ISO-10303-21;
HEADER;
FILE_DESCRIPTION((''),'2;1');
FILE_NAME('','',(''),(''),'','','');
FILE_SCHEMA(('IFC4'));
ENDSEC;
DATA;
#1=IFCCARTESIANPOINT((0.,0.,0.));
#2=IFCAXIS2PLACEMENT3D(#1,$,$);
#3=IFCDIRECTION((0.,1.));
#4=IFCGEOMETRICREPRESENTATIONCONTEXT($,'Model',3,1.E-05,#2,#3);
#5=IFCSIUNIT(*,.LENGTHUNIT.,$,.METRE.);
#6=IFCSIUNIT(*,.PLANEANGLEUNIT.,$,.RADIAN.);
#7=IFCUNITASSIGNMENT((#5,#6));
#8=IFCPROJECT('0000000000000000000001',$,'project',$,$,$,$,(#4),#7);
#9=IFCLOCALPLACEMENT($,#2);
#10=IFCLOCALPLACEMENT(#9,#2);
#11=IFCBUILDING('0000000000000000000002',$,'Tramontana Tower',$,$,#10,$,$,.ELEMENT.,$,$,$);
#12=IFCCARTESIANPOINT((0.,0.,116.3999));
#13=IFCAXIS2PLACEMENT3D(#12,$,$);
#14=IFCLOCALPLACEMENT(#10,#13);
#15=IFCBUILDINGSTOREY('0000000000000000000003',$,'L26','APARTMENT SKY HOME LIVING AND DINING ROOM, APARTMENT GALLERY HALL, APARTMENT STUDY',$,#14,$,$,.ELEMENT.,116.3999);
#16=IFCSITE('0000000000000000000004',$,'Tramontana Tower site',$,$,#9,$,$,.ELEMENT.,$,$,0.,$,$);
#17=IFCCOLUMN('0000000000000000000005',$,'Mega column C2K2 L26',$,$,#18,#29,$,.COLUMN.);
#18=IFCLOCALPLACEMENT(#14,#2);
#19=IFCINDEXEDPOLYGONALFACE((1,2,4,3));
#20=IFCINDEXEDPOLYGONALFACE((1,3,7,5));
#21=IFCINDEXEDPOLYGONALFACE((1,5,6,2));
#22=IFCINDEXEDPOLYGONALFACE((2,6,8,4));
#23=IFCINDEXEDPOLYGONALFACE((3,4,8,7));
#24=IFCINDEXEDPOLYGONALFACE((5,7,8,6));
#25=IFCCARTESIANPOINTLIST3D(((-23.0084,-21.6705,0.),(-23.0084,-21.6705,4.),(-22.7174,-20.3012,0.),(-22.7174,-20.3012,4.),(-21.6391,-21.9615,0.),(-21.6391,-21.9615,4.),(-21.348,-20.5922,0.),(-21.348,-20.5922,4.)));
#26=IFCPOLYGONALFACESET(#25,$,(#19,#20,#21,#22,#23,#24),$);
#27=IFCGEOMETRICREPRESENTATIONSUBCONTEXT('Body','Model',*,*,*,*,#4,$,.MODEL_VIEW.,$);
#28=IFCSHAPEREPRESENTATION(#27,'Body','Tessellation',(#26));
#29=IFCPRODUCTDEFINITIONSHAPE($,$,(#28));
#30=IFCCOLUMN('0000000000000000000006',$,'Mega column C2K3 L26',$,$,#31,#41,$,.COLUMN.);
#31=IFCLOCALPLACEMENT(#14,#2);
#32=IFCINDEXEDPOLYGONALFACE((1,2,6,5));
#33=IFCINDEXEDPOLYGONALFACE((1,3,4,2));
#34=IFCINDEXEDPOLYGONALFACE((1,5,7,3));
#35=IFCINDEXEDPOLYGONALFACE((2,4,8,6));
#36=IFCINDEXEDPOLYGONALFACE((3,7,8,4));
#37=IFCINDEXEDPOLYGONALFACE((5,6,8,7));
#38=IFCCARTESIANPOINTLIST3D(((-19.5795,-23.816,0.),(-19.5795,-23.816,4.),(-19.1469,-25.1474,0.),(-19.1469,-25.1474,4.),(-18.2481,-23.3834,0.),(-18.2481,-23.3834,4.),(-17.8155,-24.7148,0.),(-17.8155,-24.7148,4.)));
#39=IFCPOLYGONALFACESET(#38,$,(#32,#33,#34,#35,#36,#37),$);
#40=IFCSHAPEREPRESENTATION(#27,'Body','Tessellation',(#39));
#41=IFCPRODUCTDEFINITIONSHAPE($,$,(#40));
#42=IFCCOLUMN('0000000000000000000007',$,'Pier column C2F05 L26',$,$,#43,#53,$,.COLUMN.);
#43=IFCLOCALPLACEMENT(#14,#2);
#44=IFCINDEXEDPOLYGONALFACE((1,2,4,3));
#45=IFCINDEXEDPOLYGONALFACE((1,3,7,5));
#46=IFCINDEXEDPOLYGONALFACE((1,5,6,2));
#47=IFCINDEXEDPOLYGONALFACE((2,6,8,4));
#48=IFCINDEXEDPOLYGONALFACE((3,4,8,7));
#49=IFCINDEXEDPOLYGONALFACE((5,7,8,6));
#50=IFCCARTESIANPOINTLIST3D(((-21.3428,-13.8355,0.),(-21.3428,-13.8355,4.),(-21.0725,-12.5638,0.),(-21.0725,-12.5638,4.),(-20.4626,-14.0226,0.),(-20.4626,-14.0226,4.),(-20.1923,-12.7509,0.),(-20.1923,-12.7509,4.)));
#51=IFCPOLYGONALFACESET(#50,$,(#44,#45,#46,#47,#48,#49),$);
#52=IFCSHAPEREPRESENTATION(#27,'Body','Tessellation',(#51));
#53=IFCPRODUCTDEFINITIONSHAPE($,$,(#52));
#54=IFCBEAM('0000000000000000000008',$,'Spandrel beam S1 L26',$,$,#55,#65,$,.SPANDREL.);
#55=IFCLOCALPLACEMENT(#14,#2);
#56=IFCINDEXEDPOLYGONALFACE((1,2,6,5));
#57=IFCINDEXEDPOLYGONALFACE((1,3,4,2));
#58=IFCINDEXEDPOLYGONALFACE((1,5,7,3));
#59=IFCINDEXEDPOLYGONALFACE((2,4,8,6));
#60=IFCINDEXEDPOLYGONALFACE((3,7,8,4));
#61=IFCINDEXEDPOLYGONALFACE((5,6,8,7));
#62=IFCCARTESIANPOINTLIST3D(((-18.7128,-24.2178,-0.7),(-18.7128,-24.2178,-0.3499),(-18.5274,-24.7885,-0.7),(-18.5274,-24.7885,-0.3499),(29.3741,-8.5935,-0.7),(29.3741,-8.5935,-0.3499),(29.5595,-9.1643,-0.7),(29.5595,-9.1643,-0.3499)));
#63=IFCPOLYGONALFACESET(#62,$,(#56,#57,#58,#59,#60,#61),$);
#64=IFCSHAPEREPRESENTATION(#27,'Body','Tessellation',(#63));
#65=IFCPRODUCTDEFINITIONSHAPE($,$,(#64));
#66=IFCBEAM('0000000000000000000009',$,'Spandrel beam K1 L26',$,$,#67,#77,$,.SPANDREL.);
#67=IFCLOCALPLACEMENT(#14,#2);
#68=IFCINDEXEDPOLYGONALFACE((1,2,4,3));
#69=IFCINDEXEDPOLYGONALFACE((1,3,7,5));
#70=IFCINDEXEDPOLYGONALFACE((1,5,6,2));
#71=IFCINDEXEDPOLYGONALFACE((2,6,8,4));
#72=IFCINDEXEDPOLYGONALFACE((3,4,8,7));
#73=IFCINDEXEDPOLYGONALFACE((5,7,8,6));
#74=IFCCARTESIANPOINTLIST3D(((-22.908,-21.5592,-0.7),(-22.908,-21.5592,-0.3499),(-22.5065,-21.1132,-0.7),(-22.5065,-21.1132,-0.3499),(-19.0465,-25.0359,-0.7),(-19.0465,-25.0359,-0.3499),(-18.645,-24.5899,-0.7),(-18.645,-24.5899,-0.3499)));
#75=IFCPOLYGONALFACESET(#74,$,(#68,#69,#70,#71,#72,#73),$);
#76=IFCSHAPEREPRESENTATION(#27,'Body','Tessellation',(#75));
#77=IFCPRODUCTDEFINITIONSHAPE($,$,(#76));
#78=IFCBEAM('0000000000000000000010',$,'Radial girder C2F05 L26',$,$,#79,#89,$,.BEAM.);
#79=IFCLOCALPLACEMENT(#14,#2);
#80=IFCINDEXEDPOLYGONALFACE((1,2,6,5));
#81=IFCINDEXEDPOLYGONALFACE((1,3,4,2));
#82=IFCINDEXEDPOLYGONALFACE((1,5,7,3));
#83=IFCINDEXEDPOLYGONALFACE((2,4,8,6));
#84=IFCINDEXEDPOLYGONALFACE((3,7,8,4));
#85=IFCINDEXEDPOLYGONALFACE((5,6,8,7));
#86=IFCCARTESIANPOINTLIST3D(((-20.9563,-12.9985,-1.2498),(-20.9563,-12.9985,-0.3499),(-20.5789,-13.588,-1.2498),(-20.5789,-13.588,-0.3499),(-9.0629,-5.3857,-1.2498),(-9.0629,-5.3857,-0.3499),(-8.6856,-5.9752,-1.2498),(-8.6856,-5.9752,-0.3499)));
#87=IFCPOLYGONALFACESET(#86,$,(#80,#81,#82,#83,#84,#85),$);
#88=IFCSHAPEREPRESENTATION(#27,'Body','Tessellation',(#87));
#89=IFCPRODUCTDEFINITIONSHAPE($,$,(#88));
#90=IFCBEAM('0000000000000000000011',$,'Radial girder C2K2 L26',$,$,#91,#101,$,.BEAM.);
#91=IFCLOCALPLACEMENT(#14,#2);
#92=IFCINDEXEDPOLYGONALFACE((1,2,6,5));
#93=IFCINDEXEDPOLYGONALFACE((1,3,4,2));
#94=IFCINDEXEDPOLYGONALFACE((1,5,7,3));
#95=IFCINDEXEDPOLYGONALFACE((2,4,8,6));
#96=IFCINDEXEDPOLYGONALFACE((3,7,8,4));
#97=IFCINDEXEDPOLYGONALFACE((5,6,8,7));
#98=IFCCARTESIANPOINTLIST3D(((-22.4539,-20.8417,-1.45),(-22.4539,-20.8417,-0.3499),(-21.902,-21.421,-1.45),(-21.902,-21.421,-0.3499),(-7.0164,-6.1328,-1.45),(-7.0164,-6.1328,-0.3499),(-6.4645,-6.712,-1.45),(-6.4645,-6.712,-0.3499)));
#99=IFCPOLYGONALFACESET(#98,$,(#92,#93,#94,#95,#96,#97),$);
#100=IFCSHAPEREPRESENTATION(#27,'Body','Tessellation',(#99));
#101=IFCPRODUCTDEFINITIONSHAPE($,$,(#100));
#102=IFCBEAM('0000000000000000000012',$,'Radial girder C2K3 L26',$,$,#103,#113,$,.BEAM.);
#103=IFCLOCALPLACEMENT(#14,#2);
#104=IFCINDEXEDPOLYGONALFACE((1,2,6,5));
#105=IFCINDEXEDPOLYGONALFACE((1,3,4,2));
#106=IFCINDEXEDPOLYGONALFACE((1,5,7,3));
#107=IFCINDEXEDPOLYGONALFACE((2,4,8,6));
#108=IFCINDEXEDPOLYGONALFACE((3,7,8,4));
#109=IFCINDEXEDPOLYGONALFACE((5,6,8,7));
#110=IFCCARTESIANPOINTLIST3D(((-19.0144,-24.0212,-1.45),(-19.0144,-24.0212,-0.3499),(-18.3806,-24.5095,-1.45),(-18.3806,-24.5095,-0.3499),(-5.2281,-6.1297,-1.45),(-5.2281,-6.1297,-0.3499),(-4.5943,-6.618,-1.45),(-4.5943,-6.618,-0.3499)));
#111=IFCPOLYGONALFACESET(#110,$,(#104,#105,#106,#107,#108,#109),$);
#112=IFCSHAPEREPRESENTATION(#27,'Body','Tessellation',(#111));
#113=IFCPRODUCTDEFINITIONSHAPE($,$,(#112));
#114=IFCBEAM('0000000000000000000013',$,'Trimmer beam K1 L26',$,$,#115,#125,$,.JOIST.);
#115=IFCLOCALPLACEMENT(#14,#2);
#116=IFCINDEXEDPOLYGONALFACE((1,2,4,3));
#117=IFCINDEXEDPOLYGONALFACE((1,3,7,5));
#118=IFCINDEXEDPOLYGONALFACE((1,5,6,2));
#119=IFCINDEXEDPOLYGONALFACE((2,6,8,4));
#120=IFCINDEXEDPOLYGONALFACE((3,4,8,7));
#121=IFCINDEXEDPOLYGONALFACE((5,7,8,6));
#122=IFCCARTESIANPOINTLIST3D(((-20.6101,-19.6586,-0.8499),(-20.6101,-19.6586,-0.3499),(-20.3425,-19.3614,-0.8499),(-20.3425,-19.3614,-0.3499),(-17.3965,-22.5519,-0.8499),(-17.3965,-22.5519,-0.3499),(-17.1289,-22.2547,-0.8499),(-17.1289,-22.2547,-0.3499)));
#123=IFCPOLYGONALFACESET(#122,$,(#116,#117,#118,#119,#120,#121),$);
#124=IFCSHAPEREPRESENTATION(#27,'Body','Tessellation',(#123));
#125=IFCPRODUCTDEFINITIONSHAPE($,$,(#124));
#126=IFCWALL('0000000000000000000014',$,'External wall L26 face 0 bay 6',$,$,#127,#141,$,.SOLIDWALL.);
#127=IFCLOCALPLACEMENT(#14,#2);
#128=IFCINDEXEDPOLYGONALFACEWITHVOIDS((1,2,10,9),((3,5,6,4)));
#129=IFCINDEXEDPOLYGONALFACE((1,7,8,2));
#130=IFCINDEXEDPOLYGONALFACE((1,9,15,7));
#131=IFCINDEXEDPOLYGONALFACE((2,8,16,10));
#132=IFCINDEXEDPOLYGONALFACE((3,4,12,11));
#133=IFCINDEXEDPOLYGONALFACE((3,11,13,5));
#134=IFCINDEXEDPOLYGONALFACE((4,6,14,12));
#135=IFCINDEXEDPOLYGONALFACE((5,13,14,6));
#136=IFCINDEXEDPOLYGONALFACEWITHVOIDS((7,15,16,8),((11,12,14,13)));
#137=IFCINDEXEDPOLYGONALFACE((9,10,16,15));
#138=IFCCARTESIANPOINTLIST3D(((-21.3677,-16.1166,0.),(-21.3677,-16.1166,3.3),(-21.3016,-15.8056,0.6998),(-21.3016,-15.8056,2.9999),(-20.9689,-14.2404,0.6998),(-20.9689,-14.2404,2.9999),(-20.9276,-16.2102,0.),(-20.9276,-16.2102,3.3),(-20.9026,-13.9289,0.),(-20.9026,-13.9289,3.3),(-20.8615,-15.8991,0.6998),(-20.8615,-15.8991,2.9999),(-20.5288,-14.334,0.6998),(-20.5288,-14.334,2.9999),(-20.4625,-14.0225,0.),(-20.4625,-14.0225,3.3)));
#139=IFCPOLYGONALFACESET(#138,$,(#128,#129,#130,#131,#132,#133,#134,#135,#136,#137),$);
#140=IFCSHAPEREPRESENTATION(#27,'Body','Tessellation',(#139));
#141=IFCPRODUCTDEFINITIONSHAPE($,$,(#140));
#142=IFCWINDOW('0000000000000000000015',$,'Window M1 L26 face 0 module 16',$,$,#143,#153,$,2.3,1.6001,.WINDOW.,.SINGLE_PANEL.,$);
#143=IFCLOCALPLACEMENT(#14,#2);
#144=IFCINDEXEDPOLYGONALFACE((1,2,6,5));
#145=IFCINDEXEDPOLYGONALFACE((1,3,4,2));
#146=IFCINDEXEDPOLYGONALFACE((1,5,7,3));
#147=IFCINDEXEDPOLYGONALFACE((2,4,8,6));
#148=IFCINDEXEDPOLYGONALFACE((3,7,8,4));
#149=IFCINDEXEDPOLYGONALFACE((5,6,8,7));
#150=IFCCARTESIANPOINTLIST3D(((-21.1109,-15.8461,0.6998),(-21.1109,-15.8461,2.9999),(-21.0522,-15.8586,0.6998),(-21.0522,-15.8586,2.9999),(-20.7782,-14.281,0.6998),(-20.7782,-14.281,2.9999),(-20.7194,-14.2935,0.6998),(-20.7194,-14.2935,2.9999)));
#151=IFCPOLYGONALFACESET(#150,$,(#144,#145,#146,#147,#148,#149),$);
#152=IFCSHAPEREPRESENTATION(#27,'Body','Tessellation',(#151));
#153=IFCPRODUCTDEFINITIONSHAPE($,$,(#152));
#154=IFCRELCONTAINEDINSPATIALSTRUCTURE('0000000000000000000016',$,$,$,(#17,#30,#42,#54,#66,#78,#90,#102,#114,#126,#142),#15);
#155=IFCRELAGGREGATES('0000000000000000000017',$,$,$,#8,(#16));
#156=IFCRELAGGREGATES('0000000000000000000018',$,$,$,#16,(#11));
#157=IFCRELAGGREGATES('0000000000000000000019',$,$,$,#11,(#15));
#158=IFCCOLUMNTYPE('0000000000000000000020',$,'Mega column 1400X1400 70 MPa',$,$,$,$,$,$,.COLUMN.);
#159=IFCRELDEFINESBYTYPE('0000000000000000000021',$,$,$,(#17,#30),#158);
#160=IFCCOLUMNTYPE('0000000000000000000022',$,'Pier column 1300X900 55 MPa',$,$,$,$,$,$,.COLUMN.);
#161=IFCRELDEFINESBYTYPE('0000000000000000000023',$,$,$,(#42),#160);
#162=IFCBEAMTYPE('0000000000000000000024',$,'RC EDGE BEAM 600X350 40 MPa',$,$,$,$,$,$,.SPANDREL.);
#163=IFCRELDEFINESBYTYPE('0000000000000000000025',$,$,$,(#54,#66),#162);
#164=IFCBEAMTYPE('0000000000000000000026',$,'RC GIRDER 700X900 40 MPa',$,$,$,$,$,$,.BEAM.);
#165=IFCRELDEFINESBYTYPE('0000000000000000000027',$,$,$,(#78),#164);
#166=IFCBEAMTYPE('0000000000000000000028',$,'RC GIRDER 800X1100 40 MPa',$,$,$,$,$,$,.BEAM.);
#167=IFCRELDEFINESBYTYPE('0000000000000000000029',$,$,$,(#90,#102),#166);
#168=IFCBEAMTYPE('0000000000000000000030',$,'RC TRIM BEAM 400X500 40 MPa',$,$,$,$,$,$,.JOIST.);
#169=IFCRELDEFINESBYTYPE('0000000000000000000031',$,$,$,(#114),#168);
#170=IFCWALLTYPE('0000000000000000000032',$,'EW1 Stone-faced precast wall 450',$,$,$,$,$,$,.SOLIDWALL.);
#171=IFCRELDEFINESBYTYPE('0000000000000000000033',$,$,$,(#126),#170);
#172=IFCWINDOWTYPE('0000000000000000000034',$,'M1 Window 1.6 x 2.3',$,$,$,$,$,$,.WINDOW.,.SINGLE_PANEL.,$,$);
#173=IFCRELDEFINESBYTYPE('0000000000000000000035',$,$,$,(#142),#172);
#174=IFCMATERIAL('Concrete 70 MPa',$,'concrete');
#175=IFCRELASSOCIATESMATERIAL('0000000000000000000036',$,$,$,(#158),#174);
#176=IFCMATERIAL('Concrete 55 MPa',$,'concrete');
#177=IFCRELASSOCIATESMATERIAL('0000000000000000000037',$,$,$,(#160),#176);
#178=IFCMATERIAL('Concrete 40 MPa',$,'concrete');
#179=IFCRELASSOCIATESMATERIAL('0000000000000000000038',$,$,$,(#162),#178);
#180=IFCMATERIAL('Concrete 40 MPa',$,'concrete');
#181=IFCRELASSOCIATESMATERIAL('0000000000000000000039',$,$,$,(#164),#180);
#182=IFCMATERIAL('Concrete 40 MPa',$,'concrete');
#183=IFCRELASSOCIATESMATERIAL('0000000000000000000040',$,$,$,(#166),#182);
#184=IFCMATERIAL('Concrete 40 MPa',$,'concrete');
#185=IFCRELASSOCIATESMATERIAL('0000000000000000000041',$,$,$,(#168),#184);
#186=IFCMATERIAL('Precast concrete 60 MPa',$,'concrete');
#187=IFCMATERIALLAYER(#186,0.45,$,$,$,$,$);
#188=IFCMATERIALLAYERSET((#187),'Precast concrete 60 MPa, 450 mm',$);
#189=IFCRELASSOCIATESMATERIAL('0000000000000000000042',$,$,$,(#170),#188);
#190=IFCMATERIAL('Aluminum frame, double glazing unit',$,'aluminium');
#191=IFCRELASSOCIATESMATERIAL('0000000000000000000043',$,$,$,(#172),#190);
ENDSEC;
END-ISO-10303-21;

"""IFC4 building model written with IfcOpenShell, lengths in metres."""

from ifc_helpers import new_model, si_unit, direction, frame, frame_2d, origin, origin_2d, place, context, subcontext, project, spatial, rectangle, extrude, material, layer, layer_set, material_profile, profile_set, type_object, element, fill, save


model = new_model("IFC4")

# Units and contexts
model_context = context("Model", 3, precision=1e-05, world=origin(), true_north=direction((0.0, 1.0)))
body_context = subcontext(model_context, "Body", "Model", "MODEL_VIEW")
ifc_project = project(units=[si_unit("LENGTHUNIT", "METRE"), si_unit("PLANEANGLEUNIT", "RADIAN")], contexts=[model_context])

# Site, building, storey
site_placement = place(None, origin())
site = spatial("IfcSite", under=ifc_project, at=site_placement, Name="Tramontana Tower site", CompositionType="ELEMENT", RefElevation=0.0)
building_placement = place(site_placement, origin())
building = spatial("IfcBuilding", under=site, at=building_placement, Name="Tramontana Tower", CompositionType="ELEMENT")
storey_placement = place(building_placement, frame((0.0, 0.0, 116.3999)))
storey = spatial("IfcBuildingStorey", under=building, at=storey_placement, Name="L26", Description="APARTMENT SKY HOME LIVING AND DINING ROOM, APARTMENT GALLERY HALL, APARTMENT STUDY", CompositionType="ELEMENT", Elevation=116.3999)

# Columns
ifc_material_1 = material(Name="Concrete 70 MPa", Category="concrete")
ifc_material_profile_1 = material_profile(ifc_material_1, rectangle(XDim=1.3999, YDim=1.3999, at=origin_2d()), Name="Mega column 1400X1400 70 MPa")
ifc_profile_set_1 = profile_set([ifc_material_profile_1], Name="Concrete 70 MPa")
column_type_1 = type_object("IfcColumnType", Name="Mega column 1400X1400 70 MPa", PredefinedType="COLUMN", material=ifc_profile_set_1)
for number, where, z_axis, x_axis, name in (
    (1, (-22.1782, -21.1313, 0.0), (0.0, 0.0, 1.0), (-0.207912, -0.978148, 0.0), "Mega column C2K2 L26"),
    (2, (-18.6975, -24.2654, 0.0), (0.0, 0.0, 1.0), (0.951057, 0.309017, 0.0), "Mega column C2K3 L26"),
):
    element("IfcColumn", number, at=place(storey_placement, frame(where, z_axis=z_axis, x_axis=x_axis)), inside=storey, type_object=column_type_1, Name=name, PredefinedType="COLUMN", context=body_context, shape_type="SweptSolid", body=[
        extrude(rectangle(XDim=1.3999, YDim=1.3999, at=origin_2d()), origin(), (0.0, 0.0, 1.0), 4.0),
    ])
ifc_material_2 = material(Name="Concrete 55 MPa", Category="concrete")
ifc_material_profile_2 = material_profile(ifc_material_2, rectangle(XDim=1.3, YDim=0.8999, at=origin_2d()), Name="Pier column 1300X900 55 MPa")
ifc_profile_set_2 = profile_set([ifc_material_profile_2], Name="Concrete 55 MPa")
column_type_2 = type_object("IfcColumnType", Name="Pier column 1300X900 55 MPa", PredefinedType="COLUMN", material=ifc_profile_set_2)
column_placement = place(storey_placement, frame((-20.7676, -13.2932, 0.0), z_axis=(0.0, 0.0, 1.0), x_axis=(-0.207912, -0.978148, 0.0)))
element("IfcColumn", 3, at=column_placement, inside=storey, type_object=column_type_2, Name="Pier column C2F05 L26", PredefinedType="COLUMN", context=body_context, shape_type="SweptSolid", body=[
    extrude(rectangle(XDim=1.3, YDim=0.8999, at=origin_2d()), origin(), (0.0, 0.0, 1.0), 4.0),
])

# Beams
ifc_material_3 = material(Name="Concrete 40 MPa", Category="concrete")
ifc_material_profile_3 = material_profile(ifc_material_3, rectangle(XDim=0.6001, YDim=0.3501, at=origin_2d()), Name="RC EDGE BEAM 600X350 40 MPa")
ifc_profile_set_3 = profile_set([ifc_material_profile_3], Name="Concrete 40 MPa")
beam_type_1 = type_object("IfcBeamType", Name="RC EDGE BEAM 600X350 40 MPa", PredefinedType="SPANDREL", material=ifc_profile_set_3)
beam_1_placement = place(storey_placement, frame((-18.6201, -24.5032, -0.5249), z_axis=(0.951057, 0.309015, 0.0), x_axis=(-0.309015, 0.951057, 0.0)))
element("IfcBeam", 4, at=beam_1_placement, inside=storey, type_object=beam_type_1, Name="Spandrel beam S1 L26", PredefinedType="SPANDREL", context=body_context, shape_type="SweptSolid", body=[
    extrude(rectangle(XDim=0.6001, YDim=0.3501, at=origin_2d()), origin(), (0.0, 0.0, 1.0), 50.5615),
])
beam_2_placement = place(storey_placement, frame((-22.7073, -21.3362, -0.5249), z_axis=(0.743161, -0.669113, 0.0), x_axis=(0.669113, 0.743161, 0.0)))
element("IfcBeam", 5, at=beam_2_placement, inside=storey, type_object=beam_type_1, Name="Spandrel beam K1 L26", PredefinedType="SPANDREL", context=body_context, shape_type="SweptSolid", body=[
    extrude(rectangle(XDim=0.6001, YDim=0.3501, at=origin_2d()), origin(), (0.0, 0.0, 1.0), 5.196),
])
ifc_material_4 = material(Name="Concrete 40 MPa", Category="concrete")
ifc_material_profile_4 = material_profile(ifc_material_4, rectangle(XDim=0.7, YDim=0.8999, at=origin_2d()), Name="RC GIRDER 700X900 40 MPa")
ifc_profile_set_4 = profile_set([ifc_material_profile_4], Name="Concrete 40 MPa")
beam_type_2 = type_object("IfcBeamType", Name="RC GIRDER 700X900 40 MPa", PredefinedType="BEAM", material=ifc_profile_set_4)
beam_3_placement = place(storey_placement, frame((-20.7676, -13.2932, -0.7998), z_axis=(0.842237, 0.539108, 0.0), x_axis=(-0.539108, 0.842237, 0.0)))
element("IfcBeam", 6, at=beam_3_placement, inside=storey, type_object=beam_type_2, Name="Radial girder C2F05 L26", PredefinedType="BEAM", context=body_context, shape_type="SweptSolid", body=[
    extrude(rectangle(XDim=0.7, YDim=0.8999, at=origin_2d()), origin(), (0.0, 0.0, 1.0), 14.1211),
])
ifc_material_5 = material(Name="Concrete 40 MPa", Category="concrete")
ifc_material_profile_5 = material_profile(ifc_material_5, rectangle(XDim=0.8, YDim=1.1001, at=origin_2d()), Name="RC GIRDER 800X1100 40 MPa")
ifc_profile_set_5 = profile_set([ifc_material_profile_5], Name="Concrete 40 MPa")
beam_type_3 = type_object("IfcBeamType", Name="RC GIRDER 800X1100 40 MPa", PredefinedType="BEAM", material=ifc_profile_set_5)
beam_4_placement = place(storey_placement, frame((-22.178, -21.1313, -0.8999), z_axis=(0.723983, 0.689818, 0.0), x_axis=(-0.689818, 0.723983, 0.0)))
element("IfcBeam", 7, at=beam_4_placement, inside=storey, type_object=beam_type_3, Name="Radial girder C2K2 L26", PredefinedType="BEAM", context=body_context, shape_type="SweptSolid", body=[
    extrude(rectangle(XDim=0.8, YDim=1.1001, at=origin_2d()), origin(), (0.0, 0.0, 1.0), 21.323),
])
beam_5_placement = place(storey_placement, frame((-18.6975, -24.2654, -0.8999), z_axis=(0.610367, 0.792119, 0.0), x_axis=(-0.792119, 0.610367, 0.0)))
element("IfcBeam", 8, at=beam_5_placement, inside=storey, type_object=beam_type_3, Name="Radial girder C2K3 L26", PredefinedType="BEAM", context=body_context, shape_type="SweptSolid", body=[
    extrude(rectangle(XDim=0.8, YDim=1.1001, at=origin_2d()), origin(), (0.0, 0.0, 1.0), 22.5869),
])
ifc_material_6 = material(Name="Concrete 40 MPa", Category="concrete")
ifc_material_profile_6 = material_profile(ifc_material_6, rectangle(XDim=0.3999, YDim=0.5, at=origin_2d()), Name="RC TRIM BEAM 400X500 40 MPa")
ifc_profile_set_6 = profile_set([ifc_material_profile_6], Name="Concrete 40 MPa")
beam_type_4 = type_object("IfcBeamType", Name="RC TRIM BEAM 400X500 40 MPa", PredefinedType="JOIST", material=ifc_profile_set_6)
beam_6_placement = place(storey_placement, frame((-20.4763, -19.51, -0.5999), z_axis=(0.743173, -0.669099, 0.0), x_axis=(0.669099, 0.743173, 0.0)))
element("IfcBeam", 9, at=beam_6_placement, inside=storey, type_object=beam_type_4, Name="Trimmer beam K1 L26", PredefinedType="JOIST", context=body_context, shape_type="SweptSolid", body=[
    extrude(rectangle(XDim=0.3999, YDim=0.5, at=origin_2d()), origin(), (0.0, 0.0, 1.0), 4.3242),
])

# Wall, opening, window
ifc_material_7 = material(Name="Precast concrete 60 MPa", Category="concrete")
ifc_layer_1 = layer(ifc_material_7, 0.45)
ifc_layer_set_1 = layer_set([ifc_layer_1], Name="Precast concrete 60 MPa, 450 mm")
wall_type_1 = type_object("IfcWallType", Name="EW1 Stone-faced precast wall 450", PredefinedType="SOLIDWALL", material=ifc_layer_set_1)
wall_1_placement = place(storey_placement, frame((-20.6826, -13.9758, 0.0), z_axis=(0.0, 0.0, 1.0), x_axis=(-0.207941, -0.978141, 0.0)))
wall_1 = element("IfcWall", 10, at=wall_1_placement, inside=storey, type_object=wall_type_1, Name="External wall L26 face 0 bay 6", PredefinedType="SOLIDWALL", context=body_context, shape_type="SweptSolid", body=[
    extrude(rectangle(XDim=2.2366, YDim=0.45, at=frame_2d((1.1182, 0.0))), origin(), (0.0, 0.0, 1.0), 3.3),
])
opening_1_placement = place(wall_1_placement, frame((0.3184, 0.0, 0.7)))
opening_1 = element("IfcOpeningElement", 11, at=opening_1_placement, cuts=wall_1, PredefinedType="OPENING", context=body_context, shape_type="SweptSolid", body=[
    extrude(rectangle(XDim=1.6001, YDim=2.3, at=frame_2d((0.8, 1.1499))), frame((0.0, 0.2349, 0.0), z_axis=(0.0, -1.0, 0.0), x_axis=(1.0, 0.0, 0.0)), (0.0, 0.0, 1.0), 0.47),
])
ifc_material_8 = material(Name="Aluminum frame, double glazing unit", Category="aluminium")
window_type_1 = type_object("IfcWindowType", Name="M1 Window 1.6 x 2.3", PartitioningType="SINGLE_PANEL", PredefinedType="WINDOW", material=ifc_material_8)
window_1_placement = place(opening_1_placement, origin())
window_1 = element("IfcWindow", 12, at=window_1_placement, inside=storey, type_object=window_type_1, Name="Window M1 L26 face 0 module 16", OverallHeight=2.3, OverallWidth=1.6001, PartitioningType="SINGLE_PANEL", PredefinedType="WINDOW", context=body_context, shape_type="SweptSolid", body=[
    extrude(rectangle(XDim=1.6001, YDim=2.3, at=frame_2d((0.8, 1.1499))), frame((0.0, 0.03, 0.0), z_axis=(0.0, -1.0, 0.0), x_axis=(1.0, 0.0, 0.0)), (0.0, 0.0, 1.0), 0.0601),
])
fill(opening_1, window_1)

save(model, "model.ifc")
